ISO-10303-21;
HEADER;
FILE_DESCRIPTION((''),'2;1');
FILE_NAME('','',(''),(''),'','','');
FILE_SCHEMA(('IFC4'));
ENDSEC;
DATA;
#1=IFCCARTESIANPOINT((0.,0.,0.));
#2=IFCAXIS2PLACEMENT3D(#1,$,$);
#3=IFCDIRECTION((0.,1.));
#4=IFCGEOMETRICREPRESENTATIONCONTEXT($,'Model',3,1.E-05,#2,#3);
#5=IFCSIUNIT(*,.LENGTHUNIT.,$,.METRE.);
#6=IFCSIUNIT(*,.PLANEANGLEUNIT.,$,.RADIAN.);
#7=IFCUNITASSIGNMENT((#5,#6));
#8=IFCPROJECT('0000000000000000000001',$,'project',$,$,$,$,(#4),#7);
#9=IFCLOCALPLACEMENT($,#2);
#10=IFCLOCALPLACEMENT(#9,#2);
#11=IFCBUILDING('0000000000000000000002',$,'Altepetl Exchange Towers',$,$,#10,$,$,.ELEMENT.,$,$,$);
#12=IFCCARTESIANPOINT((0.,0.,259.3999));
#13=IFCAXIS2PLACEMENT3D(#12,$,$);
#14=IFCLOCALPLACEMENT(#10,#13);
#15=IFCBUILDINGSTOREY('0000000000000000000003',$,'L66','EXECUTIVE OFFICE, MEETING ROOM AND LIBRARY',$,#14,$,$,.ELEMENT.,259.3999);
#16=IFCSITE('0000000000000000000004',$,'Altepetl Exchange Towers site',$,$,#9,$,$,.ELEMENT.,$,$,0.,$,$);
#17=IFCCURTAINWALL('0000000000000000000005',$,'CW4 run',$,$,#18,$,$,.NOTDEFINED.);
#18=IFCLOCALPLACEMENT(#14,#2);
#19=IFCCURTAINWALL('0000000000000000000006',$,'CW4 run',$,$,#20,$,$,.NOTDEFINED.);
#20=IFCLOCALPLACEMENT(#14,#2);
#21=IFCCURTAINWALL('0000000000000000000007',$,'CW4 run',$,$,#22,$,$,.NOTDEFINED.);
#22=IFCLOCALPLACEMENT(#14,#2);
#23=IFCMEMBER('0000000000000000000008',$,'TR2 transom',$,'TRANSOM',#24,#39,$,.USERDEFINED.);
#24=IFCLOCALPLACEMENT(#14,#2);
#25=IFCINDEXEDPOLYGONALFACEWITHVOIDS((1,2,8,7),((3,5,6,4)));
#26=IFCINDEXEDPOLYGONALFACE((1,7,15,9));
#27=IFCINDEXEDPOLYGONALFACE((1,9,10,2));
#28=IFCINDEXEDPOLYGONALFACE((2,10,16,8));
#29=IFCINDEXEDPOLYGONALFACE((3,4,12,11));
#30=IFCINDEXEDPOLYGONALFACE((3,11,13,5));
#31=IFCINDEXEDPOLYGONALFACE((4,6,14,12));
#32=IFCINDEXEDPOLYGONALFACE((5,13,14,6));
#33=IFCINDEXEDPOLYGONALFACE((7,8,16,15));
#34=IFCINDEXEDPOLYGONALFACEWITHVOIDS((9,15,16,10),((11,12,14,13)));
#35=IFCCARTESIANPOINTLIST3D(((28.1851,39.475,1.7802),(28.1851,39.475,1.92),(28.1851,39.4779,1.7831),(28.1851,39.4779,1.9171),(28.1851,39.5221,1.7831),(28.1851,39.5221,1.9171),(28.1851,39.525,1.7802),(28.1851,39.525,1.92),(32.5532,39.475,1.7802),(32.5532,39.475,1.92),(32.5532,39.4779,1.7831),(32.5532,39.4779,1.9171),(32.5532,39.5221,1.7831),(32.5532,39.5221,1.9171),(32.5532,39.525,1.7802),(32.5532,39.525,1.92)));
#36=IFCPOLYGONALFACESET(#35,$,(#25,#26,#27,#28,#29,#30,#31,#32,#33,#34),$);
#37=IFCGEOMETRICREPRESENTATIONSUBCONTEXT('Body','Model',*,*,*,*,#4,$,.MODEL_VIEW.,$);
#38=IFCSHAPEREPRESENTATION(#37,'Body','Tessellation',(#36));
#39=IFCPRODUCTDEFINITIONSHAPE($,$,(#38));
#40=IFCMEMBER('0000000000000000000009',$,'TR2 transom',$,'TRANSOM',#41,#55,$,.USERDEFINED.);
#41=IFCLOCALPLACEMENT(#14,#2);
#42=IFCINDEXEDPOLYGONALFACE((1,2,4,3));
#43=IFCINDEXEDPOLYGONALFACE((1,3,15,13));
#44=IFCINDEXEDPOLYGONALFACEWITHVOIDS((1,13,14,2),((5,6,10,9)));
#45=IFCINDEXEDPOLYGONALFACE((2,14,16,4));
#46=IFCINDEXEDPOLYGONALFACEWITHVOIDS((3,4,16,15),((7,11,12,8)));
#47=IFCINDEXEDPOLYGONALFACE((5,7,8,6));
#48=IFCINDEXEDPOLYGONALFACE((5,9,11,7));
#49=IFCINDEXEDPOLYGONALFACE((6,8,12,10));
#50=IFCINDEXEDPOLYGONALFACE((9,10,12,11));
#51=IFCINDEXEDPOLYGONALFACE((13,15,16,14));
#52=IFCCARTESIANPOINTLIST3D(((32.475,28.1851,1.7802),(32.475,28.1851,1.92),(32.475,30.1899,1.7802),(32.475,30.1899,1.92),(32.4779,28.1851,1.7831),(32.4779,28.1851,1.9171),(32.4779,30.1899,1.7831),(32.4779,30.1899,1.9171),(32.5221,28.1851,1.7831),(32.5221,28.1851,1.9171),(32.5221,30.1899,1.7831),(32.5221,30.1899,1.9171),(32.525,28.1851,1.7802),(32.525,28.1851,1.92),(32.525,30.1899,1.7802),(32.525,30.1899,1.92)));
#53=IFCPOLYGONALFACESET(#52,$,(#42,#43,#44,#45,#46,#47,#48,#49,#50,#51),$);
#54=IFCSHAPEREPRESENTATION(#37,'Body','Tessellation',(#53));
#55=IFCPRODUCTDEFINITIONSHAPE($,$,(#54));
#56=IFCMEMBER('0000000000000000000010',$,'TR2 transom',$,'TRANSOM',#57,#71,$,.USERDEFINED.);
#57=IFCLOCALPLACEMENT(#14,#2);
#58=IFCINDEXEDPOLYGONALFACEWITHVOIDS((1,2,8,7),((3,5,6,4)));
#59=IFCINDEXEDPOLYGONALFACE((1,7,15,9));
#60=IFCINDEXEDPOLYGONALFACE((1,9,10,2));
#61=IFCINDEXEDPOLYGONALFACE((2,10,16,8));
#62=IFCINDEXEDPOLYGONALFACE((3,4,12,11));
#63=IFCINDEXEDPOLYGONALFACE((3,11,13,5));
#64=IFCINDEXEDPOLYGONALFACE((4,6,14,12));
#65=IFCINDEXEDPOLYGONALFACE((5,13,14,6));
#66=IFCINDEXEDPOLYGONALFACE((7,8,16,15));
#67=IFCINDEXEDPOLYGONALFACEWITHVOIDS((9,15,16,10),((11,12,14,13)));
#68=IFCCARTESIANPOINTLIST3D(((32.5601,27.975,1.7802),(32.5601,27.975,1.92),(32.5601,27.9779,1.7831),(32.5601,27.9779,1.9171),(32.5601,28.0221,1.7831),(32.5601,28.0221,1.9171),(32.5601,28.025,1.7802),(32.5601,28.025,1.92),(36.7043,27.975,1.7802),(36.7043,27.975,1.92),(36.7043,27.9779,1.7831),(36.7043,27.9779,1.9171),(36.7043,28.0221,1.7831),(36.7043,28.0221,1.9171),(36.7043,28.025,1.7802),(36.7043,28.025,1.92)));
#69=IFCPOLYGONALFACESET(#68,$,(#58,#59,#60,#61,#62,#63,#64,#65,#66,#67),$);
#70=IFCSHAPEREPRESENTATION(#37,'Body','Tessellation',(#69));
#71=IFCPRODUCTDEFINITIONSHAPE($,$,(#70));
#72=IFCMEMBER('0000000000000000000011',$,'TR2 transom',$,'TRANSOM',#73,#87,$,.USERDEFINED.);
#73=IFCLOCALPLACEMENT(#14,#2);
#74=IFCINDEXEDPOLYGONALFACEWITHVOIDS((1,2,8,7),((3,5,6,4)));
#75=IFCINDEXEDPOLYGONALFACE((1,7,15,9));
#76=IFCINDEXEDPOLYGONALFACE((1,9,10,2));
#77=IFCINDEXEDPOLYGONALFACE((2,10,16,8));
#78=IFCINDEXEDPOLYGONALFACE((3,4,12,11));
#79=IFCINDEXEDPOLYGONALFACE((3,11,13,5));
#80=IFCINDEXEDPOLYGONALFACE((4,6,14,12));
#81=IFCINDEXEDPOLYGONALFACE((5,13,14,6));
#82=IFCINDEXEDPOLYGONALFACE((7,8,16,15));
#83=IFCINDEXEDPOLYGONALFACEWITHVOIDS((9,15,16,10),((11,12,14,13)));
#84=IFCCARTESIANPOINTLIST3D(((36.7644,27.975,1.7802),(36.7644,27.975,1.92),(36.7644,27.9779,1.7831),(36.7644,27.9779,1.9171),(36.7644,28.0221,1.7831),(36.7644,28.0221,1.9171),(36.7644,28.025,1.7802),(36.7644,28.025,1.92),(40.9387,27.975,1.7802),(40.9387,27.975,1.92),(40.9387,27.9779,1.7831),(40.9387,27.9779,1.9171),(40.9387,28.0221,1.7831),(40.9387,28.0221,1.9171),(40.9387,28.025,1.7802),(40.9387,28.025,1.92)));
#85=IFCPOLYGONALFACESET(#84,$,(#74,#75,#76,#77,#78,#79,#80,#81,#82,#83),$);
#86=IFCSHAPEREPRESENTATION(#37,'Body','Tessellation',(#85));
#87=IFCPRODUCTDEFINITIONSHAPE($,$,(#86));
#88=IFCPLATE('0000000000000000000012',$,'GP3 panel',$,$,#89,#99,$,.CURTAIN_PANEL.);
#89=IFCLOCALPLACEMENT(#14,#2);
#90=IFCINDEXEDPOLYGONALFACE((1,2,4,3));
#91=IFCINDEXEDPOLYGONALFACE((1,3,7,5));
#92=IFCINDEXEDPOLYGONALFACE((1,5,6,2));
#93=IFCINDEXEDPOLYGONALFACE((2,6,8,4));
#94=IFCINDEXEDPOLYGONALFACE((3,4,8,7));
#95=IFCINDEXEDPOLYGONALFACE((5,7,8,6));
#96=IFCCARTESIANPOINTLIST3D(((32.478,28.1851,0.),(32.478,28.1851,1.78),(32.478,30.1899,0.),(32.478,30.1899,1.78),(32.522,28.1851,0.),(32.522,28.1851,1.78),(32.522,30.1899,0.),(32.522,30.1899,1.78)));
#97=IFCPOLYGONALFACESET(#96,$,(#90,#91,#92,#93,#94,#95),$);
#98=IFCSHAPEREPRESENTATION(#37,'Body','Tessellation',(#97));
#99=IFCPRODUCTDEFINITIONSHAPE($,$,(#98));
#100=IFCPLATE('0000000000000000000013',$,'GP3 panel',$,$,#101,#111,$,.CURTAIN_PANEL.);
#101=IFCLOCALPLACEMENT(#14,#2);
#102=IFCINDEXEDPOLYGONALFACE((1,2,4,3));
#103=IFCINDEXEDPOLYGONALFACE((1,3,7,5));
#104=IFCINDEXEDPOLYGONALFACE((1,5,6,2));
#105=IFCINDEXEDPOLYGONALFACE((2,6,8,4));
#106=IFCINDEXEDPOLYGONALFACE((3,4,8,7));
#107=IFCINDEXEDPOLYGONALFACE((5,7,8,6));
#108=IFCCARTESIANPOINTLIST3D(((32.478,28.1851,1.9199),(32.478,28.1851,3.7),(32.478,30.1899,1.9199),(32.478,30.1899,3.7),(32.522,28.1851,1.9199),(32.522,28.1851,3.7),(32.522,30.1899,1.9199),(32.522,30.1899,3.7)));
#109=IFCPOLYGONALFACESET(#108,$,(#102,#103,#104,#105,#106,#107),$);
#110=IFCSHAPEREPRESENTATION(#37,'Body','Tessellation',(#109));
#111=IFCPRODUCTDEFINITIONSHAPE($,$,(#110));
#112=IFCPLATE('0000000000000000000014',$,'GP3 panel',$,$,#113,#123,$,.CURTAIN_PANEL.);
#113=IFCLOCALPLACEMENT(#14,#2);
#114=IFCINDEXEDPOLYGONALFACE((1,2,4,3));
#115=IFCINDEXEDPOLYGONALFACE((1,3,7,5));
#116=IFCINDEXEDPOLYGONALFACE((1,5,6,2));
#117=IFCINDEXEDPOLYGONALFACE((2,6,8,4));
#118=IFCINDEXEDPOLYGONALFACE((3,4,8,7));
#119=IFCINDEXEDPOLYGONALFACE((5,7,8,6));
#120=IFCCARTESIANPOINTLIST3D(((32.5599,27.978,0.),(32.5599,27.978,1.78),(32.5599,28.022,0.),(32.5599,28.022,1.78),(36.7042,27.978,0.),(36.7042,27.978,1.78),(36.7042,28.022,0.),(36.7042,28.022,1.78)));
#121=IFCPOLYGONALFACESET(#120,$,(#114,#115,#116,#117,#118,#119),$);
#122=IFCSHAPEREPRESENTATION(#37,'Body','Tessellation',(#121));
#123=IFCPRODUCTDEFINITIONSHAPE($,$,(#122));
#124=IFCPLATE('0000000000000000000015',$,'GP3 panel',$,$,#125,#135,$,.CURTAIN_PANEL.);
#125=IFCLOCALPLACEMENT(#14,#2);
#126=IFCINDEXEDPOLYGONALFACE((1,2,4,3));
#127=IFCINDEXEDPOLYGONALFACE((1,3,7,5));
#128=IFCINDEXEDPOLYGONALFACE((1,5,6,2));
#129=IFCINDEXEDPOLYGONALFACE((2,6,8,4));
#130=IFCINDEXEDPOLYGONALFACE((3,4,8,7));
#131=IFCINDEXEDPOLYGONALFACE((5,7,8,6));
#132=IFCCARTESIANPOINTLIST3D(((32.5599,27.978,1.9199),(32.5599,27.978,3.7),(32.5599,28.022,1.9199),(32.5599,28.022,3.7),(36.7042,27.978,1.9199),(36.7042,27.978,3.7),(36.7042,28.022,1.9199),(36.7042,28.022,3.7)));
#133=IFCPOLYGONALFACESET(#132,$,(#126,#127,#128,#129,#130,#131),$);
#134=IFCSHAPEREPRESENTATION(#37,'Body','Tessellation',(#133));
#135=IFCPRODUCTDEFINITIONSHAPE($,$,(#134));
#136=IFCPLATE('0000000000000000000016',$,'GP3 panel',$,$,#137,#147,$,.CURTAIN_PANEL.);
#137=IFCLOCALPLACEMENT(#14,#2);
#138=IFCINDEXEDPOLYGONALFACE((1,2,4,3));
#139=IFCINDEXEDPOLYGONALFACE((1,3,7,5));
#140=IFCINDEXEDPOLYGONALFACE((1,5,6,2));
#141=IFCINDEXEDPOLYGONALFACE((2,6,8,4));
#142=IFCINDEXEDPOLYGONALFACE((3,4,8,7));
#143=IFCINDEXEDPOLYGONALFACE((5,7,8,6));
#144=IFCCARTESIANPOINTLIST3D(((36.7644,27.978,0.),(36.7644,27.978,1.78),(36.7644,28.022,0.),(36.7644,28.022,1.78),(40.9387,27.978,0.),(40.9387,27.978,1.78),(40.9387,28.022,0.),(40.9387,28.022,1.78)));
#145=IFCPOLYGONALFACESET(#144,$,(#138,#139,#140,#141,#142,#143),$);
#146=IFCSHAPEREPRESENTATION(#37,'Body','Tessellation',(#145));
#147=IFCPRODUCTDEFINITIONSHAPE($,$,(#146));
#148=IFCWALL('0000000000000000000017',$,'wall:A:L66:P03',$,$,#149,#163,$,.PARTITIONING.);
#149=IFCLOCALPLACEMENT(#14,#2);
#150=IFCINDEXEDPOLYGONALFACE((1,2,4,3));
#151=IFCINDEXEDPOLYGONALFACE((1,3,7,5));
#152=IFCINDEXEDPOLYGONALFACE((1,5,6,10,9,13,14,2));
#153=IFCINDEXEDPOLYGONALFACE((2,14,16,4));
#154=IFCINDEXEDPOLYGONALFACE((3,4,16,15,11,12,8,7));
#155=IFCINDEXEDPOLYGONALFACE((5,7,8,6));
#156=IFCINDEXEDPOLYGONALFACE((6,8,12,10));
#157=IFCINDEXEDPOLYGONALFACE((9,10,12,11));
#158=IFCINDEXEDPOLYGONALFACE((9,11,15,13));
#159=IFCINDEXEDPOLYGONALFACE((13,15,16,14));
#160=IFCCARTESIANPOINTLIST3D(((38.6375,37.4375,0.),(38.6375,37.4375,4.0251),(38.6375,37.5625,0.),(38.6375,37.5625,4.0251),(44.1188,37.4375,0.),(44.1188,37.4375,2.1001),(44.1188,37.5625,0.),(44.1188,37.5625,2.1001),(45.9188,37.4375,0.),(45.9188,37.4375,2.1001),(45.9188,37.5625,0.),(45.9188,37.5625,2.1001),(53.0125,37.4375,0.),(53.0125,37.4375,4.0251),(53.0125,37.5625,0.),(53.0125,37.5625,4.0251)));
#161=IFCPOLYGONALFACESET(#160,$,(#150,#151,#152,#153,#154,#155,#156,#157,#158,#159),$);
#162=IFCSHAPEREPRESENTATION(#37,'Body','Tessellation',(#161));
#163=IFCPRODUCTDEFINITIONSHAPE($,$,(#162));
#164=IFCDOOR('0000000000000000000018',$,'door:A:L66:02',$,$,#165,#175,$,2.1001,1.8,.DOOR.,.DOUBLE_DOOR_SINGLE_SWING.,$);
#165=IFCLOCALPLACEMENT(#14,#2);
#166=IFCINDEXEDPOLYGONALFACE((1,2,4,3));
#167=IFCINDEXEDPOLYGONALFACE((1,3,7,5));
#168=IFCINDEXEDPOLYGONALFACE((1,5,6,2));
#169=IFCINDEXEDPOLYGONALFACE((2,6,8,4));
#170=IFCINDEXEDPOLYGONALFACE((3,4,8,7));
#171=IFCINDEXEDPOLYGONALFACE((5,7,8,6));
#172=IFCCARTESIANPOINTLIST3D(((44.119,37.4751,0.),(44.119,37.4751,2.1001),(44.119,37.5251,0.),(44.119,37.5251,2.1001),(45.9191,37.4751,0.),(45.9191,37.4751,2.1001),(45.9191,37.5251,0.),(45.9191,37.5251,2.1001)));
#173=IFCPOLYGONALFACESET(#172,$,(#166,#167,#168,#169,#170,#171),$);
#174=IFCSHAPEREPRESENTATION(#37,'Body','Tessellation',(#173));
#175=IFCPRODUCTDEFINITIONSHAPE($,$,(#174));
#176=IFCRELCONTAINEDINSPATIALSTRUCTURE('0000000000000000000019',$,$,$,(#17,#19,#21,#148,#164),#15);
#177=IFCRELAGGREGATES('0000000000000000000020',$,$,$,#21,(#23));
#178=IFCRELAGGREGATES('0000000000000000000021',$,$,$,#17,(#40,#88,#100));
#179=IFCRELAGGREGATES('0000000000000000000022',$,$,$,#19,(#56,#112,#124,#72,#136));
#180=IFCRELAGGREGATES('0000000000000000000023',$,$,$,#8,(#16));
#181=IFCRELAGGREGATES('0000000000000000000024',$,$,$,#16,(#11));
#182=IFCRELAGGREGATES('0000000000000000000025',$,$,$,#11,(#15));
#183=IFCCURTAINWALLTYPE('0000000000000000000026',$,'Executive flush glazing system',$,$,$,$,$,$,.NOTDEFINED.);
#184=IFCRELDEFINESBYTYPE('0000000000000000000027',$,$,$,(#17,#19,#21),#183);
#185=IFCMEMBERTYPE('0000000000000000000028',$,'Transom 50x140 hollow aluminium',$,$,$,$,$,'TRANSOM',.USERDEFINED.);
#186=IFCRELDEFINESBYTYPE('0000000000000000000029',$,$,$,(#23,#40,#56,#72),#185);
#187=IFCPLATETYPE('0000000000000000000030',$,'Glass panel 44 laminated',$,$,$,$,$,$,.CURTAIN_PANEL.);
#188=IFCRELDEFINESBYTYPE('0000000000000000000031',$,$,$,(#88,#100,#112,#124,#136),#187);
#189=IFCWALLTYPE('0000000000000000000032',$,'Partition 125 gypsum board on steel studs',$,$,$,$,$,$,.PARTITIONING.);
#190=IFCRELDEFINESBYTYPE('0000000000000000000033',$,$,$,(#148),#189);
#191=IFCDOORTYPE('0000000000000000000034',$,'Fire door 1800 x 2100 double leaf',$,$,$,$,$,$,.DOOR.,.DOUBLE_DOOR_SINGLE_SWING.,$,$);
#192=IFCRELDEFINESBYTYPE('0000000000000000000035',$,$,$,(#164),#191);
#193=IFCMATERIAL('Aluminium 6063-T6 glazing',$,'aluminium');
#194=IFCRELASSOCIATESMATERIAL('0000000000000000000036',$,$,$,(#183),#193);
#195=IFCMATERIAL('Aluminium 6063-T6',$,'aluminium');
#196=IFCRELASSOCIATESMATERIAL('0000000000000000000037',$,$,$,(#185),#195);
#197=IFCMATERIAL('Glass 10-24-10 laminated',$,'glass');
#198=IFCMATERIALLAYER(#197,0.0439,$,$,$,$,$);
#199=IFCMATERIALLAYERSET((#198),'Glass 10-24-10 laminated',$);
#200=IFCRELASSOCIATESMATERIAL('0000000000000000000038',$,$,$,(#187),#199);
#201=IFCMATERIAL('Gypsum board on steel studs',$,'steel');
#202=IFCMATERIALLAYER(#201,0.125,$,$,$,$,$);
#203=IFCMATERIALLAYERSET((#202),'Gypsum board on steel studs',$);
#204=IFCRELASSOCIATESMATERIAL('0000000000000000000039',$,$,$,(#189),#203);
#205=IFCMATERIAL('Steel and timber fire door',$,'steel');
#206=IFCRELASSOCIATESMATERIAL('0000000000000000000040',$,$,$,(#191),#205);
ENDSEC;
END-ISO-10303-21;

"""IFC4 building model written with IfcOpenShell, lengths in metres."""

from ifc_helpers import new_model, si_unit, direction, frame, frame_2d, origin, origin_2d, place, context, subcontext, project, spatial, rectangle, hollow_rectangle, extrude, material, layer, layer_set, material_profile, profile_set, type_object, element, fill, aggregate, save


model = new_model("IFC4")

# Units and contexts
model_context = context("Model", 3, precision=1e-05, world=origin(), true_north=direction((0.0, 1.0)))
body_context = subcontext(model_context, "Body", "Model", "MODEL_VIEW")
ifc_project = project(units=[si_unit("LENGTHUNIT", "METRE"), si_unit("PLANEANGLEUNIT", "RADIAN")], contexts=[model_context])

# Site, building, storey
site_placement = place(None, origin())
site = spatial("IfcSite", under=ifc_project, at=site_placement, Name="Altepetl Exchange Towers site", CompositionType="ELEMENT", RefElevation=0.0)
building_placement = place(site_placement, origin())
building = spatial("IfcBuilding", under=site, at=building_placement, Name="Altepetl Exchange Towers", CompositionType="ELEMENT")
storey_placement = place(building_placement, frame((0.0, 0.0, 259.3999)))
storey = spatial("IfcBuildingStorey", under=building, at=storey_placement, Name="L66", Description="EXECUTIVE OFFICE, MEETING ROOM AND LIBRARY", CompositionType="ELEMENT", Elevation=259.3999)

# Shared definitions
ifc_material_1 = material(Name="Aluminium 6063-T6 glazing", Category="aluminium")
curtain_wall_type = type_object("IfcCurtainWallType", Name="Executive flush glazing system", PredefinedType="NOTDEFINED", material=ifc_material_1)
ifc_material_2 = material(Name="Aluminium 6063-T6", Category="aluminium")

# Curtain walls
curtain_wall_1_placement = place(storey_placement, origin())
curtain_wall_1 = element("IfcCurtainWall", 1, at=curtain_wall_1_placement, inside=storey, type_object=curtain_wall_type, Name="CW4 run", PredefinedType="NOTDEFINED")
curtain_wall_2_placement = place(storey_placement, origin())
curtain_wall_2 = element("IfcCurtainWall", 2, at=curtain_wall_2_placement, inside=storey, type_object=curtain_wall_type, Name="CW4 run", PredefinedType="NOTDEFINED")

# Curtain wall, member
curtain_wall_3_placement = place(storey_placement, origin())
curtain_wall_3 = element("IfcCurtainWall", 3, at=curtain_wall_3_placement, inside=storey, type_object=curtain_wall_type, Name="CW4 run", PredefinedType="NOTDEFINED")
ifc_material_profile_1 = material_profile(ifc_material_2, hollow_rectangle(XDim=0.05, YDim=0.1399, WallThickness=0.0029, at=origin_2d()), Name="Transom 50x140 hollow aluminium")
ifc_profile_set_1 = profile_set([ifc_material_profile_1], Name="Aluminium 6063-T6")
member_type_1 = type_object("IfcMemberType", Name="Transom 50x140 hollow aluminium", ElementType="TRANSOM", PredefinedType="USERDEFINED", material=ifc_profile_set_1)
member_1_placement = place(storey_placement, frame((32.5532, 39.5, 1.8501), z_axis=(-1.0, 0.0, 0.0), x_axis=(0.0, -1.0, 0.0)))
member_1 = element("IfcMember", 4, at=member_1_placement, type_object=member_type_1, Name="TR2 transom", ObjectType="TRANSOM", PredefinedType="USERDEFINED", context=body_context, shape_type="SweptSolid", body=[
    extrude(hollow_rectangle(XDim=0.05, YDim=0.1399, WallThickness=0.0029, at=origin_2d()), origin(), (0.0, 0.0, 1.0), 4.3682),
])
aggregate(curtain_wall_3, [member_1])

# Members
member_2_placement = place(storey_placement, frame((32.5, 30.1899, 1.8501), z_axis=(0.0, -1.0, 0.0), x_axis=(1.0, 0.0, 0.0)))
member_2 = element("IfcMember", 5, at=member_2_placement, type_object=member_type_1, Name="TR2 transom", ObjectType="TRANSOM", PredefinedType="USERDEFINED", context=body_context, shape_type="SweptSolid", body=[
    extrude(hollow_rectangle(XDim=0.05, YDim=0.1399, WallThickness=0.0029, at=origin_2d()), origin(), (0.0, 0.0, 1.0), 2.0049),
])
member_3_placement = place(storey_placement, frame((32.5601, 28.0, 1.8501), z_axis=(1.0, 0.0, 0.0), x_axis=(0.0, 1.0, 0.0)))
member_3 = element("IfcMember", 6, at=member_3_placement, type_object=member_type_1, Name="TR2 transom", ObjectType="TRANSOM", PredefinedType="USERDEFINED", context=body_context, shape_type="SweptSolid", body=[
    extrude(hollow_rectangle(XDim=0.05, YDim=0.1399, WallThickness=0.0029, at=origin_2d()), origin(), (0.0, 0.0, 1.0), 4.1443),
])
member_4_placement = place(storey_placement, frame((36.7644, 28.0, 1.8501), z_axis=(1.0, 0.0, 0.0), x_axis=(0.0, 1.0, 0.0)))
member_4 = element("IfcMember", 7, at=member_4_placement, type_object=member_type_1, Name="TR2 transom", ObjectType="TRANSOM", PredefinedType="USERDEFINED", context=body_context, shape_type="SweptSolid", body=[
    extrude(hollow_rectangle(XDim=0.05, YDim=0.1399, WallThickness=0.0029, at=origin_2d()), origin(), (0.0, 0.0, 1.0), 4.1743),
])

# Plates
ifc_material_3 = material(Name="Glass 10-24-10 laminated", Category="glass")
ifc_layer_1 = layer(ifc_material_3, 0.0439)
ifc_layer_set_1 = layer_set([ifc_layer_1], Name="Glass 10-24-10 laminated")
plate_type = type_object("IfcPlateType", Name="Glass panel 44 laminated", PredefinedType="CURTAIN_PANEL", material=ifc_layer_set_1)
plate_1_placement = place(storey_placement, frame((32.5, 29.1875, 0.0), z_axis=(0.0, 0.0, 1.0), x_axis=(0.0, -1.0, 0.0)))
plate_1 = element("IfcPlate", 8, at=plate_1_placement, type_object=plate_type, Name="GP3 panel", PredefinedType="CURTAIN_PANEL", context=body_context, shape_type="SweptSolid", body=[
    extrude(rectangle(XDim=2.0049, YDim=0.0439, at=origin_2d()), origin(), (0.0, 0.0, 1.0), 1.78),
])
plate_2_placement = place(storey_placement, frame((32.5, 29.1875, 1.9199), z_axis=(0.0, 0.0, 1.0), x_axis=(0.0, -1.0, 0.0)))
plate_2 = element("IfcPlate", 9, at=plate_2_placement, type_object=plate_type, Name="GP3 panel", PredefinedType="CURTAIN_PANEL", context=body_context, shape_type="SweptSolid", body=[
    extrude(rectangle(XDim=2.0049, YDim=0.0439, at=origin_2d()), origin(), (0.0, 0.0, 1.0), 1.78),
])
aggregate(curtain_wall_1, [member_2, plate_1, plate_2])
plate_3_placement = place(storey_placement, frame((34.6321, 28.0, 0.0)))
plate_3 = element("IfcPlate", 10, at=plate_3_placement, type_object=plate_type, Name="GP3 panel", PredefinedType="CURTAIN_PANEL", context=body_context, shape_type="SweptSolid", body=[
    extrude(rectangle(XDim=4.1443, YDim=0.0439, at=origin_2d()), origin(), (0.0, 0.0, 1.0), 1.78),
])
plate_4_placement = place(storey_placement, frame((34.6321, 28.0, 1.9199)))
plate_4 = element("IfcPlate", 11, at=plate_4_placement, type_object=plate_type, Name="GP3 panel", PredefinedType="CURTAIN_PANEL", context=body_context, shape_type="SweptSolid", body=[
    extrude(rectangle(XDim=4.1443, YDim=0.0439, at=origin_2d()), origin(), (0.0, 0.0, 1.0), 1.78),
])
plate_5_placement = place(storey_placement, frame((38.8516, 28.0, 0.0)))
plate_5 = element("IfcPlate", 12, at=plate_5_placement, type_object=plate_type, Name="GP3 panel", PredefinedType="CURTAIN_PANEL", context=body_context, shape_type="SweptSolid", body=[
    extrude(rectangle(XDim=4.1743, YDim=0.0439, at=origin_2d()), origin(), (0.0, 0.0, 1.0), 1.78),
])
aggregate(curtain_wall_2, [member_3, plate_3, plate_4, member_4, plate_5])

# Wall, opening, door
ifc_material_4 = material(Name="Gypsum board on steel studs", Category="steel")
ifc_layer_2 = layer(ifc_material_4, 0.125)
ifc_layer_set_2 = layer_set([ifc_layer_2], Name="Gypsum board on steel studs")
wall_type = type_object("IfcWallType", Name="Partition 125 gypsum board on steel studs", PredefinedType="PARTITIONING", material=ifc_layer_set_2)
wall_1_placement = place(storey_placement, frame((38.6375, 37.5, 0.0)))
wall_1 = element("IfcWall", 13, at=wall_1_placement, inside=storey, type_object=wall_type, Name="wall:A:L66:P03", PredefinedType="PARTITIONING", context=body_context, shape_type="SweptSolid", body=[
    extrude(rectangle(XDim=14.375, YDim=0.125, at=frame_2d((7.1875, 0.0))), origin(), (0.0, 0.0, 1.0), 4.0251),
])
opening_1_placement = place(wall_1_placement, frame((5.4814, 0.0, 0.0)))
opening_1 = element("IfcOpeningElement", 14, at=opening_1_placement, cuts=wall_1, PredefinedType="OPENING", context=body_context, shape_type="SweptSolid", body=[
    extrude(rectangle(XDim=1.8, YDim=2.1001, at=frame_2d((0.8999, 1.05))), frame((0.0, 0.0725, 0.0), z_axis=(0.0, -1.0, 0.0), x_axis=(1.0, 0.0, 0.0)), (0.0, 0.0, 1.0), 0.145),
])
ifc_material_5 = material(Name="Steel and timber fire door", Category="steel")
door_type_1 = type_object("IfcDoorType", Name="Fire door 1800 x 2100 double leaf", OperationType="DOUBLE_DOOR_SINGLE_SWING", PredefinedType="DOOR", material=ifc_material_5)
door_1_placement = place(opening_1_placement, frame((1.8, 0.0, 0.0), x_axis=(-1.0, 0.0, 0.0)))
door_1 = element("IfcDoor", 15, at=door_1_placement, inside=storey, type_object=door_type_1, Name="door:A:L66:02", OperationType="DOUBLE_DOOR_SINGLE_SWING", OverallHeight=2.1001, OverallWidth=1.8, PredefinedType="DOOR", context=body_context, shape_type="SweptSolid", body=[
    extrude(rectangle(XDim=1.8, YDim=2.1001, at=frame_2d((0.8999, 1.05))), frame((0.0, 0.0249, 0.0), z_axis=(0.0, -1.0, 0.0), x_axis=(1.0, 0.0, 0.0)), (0.0, 0.0, 1.0), 0.05),
])
fill(opening_1, door_1)

save(model, "model.ifc")
